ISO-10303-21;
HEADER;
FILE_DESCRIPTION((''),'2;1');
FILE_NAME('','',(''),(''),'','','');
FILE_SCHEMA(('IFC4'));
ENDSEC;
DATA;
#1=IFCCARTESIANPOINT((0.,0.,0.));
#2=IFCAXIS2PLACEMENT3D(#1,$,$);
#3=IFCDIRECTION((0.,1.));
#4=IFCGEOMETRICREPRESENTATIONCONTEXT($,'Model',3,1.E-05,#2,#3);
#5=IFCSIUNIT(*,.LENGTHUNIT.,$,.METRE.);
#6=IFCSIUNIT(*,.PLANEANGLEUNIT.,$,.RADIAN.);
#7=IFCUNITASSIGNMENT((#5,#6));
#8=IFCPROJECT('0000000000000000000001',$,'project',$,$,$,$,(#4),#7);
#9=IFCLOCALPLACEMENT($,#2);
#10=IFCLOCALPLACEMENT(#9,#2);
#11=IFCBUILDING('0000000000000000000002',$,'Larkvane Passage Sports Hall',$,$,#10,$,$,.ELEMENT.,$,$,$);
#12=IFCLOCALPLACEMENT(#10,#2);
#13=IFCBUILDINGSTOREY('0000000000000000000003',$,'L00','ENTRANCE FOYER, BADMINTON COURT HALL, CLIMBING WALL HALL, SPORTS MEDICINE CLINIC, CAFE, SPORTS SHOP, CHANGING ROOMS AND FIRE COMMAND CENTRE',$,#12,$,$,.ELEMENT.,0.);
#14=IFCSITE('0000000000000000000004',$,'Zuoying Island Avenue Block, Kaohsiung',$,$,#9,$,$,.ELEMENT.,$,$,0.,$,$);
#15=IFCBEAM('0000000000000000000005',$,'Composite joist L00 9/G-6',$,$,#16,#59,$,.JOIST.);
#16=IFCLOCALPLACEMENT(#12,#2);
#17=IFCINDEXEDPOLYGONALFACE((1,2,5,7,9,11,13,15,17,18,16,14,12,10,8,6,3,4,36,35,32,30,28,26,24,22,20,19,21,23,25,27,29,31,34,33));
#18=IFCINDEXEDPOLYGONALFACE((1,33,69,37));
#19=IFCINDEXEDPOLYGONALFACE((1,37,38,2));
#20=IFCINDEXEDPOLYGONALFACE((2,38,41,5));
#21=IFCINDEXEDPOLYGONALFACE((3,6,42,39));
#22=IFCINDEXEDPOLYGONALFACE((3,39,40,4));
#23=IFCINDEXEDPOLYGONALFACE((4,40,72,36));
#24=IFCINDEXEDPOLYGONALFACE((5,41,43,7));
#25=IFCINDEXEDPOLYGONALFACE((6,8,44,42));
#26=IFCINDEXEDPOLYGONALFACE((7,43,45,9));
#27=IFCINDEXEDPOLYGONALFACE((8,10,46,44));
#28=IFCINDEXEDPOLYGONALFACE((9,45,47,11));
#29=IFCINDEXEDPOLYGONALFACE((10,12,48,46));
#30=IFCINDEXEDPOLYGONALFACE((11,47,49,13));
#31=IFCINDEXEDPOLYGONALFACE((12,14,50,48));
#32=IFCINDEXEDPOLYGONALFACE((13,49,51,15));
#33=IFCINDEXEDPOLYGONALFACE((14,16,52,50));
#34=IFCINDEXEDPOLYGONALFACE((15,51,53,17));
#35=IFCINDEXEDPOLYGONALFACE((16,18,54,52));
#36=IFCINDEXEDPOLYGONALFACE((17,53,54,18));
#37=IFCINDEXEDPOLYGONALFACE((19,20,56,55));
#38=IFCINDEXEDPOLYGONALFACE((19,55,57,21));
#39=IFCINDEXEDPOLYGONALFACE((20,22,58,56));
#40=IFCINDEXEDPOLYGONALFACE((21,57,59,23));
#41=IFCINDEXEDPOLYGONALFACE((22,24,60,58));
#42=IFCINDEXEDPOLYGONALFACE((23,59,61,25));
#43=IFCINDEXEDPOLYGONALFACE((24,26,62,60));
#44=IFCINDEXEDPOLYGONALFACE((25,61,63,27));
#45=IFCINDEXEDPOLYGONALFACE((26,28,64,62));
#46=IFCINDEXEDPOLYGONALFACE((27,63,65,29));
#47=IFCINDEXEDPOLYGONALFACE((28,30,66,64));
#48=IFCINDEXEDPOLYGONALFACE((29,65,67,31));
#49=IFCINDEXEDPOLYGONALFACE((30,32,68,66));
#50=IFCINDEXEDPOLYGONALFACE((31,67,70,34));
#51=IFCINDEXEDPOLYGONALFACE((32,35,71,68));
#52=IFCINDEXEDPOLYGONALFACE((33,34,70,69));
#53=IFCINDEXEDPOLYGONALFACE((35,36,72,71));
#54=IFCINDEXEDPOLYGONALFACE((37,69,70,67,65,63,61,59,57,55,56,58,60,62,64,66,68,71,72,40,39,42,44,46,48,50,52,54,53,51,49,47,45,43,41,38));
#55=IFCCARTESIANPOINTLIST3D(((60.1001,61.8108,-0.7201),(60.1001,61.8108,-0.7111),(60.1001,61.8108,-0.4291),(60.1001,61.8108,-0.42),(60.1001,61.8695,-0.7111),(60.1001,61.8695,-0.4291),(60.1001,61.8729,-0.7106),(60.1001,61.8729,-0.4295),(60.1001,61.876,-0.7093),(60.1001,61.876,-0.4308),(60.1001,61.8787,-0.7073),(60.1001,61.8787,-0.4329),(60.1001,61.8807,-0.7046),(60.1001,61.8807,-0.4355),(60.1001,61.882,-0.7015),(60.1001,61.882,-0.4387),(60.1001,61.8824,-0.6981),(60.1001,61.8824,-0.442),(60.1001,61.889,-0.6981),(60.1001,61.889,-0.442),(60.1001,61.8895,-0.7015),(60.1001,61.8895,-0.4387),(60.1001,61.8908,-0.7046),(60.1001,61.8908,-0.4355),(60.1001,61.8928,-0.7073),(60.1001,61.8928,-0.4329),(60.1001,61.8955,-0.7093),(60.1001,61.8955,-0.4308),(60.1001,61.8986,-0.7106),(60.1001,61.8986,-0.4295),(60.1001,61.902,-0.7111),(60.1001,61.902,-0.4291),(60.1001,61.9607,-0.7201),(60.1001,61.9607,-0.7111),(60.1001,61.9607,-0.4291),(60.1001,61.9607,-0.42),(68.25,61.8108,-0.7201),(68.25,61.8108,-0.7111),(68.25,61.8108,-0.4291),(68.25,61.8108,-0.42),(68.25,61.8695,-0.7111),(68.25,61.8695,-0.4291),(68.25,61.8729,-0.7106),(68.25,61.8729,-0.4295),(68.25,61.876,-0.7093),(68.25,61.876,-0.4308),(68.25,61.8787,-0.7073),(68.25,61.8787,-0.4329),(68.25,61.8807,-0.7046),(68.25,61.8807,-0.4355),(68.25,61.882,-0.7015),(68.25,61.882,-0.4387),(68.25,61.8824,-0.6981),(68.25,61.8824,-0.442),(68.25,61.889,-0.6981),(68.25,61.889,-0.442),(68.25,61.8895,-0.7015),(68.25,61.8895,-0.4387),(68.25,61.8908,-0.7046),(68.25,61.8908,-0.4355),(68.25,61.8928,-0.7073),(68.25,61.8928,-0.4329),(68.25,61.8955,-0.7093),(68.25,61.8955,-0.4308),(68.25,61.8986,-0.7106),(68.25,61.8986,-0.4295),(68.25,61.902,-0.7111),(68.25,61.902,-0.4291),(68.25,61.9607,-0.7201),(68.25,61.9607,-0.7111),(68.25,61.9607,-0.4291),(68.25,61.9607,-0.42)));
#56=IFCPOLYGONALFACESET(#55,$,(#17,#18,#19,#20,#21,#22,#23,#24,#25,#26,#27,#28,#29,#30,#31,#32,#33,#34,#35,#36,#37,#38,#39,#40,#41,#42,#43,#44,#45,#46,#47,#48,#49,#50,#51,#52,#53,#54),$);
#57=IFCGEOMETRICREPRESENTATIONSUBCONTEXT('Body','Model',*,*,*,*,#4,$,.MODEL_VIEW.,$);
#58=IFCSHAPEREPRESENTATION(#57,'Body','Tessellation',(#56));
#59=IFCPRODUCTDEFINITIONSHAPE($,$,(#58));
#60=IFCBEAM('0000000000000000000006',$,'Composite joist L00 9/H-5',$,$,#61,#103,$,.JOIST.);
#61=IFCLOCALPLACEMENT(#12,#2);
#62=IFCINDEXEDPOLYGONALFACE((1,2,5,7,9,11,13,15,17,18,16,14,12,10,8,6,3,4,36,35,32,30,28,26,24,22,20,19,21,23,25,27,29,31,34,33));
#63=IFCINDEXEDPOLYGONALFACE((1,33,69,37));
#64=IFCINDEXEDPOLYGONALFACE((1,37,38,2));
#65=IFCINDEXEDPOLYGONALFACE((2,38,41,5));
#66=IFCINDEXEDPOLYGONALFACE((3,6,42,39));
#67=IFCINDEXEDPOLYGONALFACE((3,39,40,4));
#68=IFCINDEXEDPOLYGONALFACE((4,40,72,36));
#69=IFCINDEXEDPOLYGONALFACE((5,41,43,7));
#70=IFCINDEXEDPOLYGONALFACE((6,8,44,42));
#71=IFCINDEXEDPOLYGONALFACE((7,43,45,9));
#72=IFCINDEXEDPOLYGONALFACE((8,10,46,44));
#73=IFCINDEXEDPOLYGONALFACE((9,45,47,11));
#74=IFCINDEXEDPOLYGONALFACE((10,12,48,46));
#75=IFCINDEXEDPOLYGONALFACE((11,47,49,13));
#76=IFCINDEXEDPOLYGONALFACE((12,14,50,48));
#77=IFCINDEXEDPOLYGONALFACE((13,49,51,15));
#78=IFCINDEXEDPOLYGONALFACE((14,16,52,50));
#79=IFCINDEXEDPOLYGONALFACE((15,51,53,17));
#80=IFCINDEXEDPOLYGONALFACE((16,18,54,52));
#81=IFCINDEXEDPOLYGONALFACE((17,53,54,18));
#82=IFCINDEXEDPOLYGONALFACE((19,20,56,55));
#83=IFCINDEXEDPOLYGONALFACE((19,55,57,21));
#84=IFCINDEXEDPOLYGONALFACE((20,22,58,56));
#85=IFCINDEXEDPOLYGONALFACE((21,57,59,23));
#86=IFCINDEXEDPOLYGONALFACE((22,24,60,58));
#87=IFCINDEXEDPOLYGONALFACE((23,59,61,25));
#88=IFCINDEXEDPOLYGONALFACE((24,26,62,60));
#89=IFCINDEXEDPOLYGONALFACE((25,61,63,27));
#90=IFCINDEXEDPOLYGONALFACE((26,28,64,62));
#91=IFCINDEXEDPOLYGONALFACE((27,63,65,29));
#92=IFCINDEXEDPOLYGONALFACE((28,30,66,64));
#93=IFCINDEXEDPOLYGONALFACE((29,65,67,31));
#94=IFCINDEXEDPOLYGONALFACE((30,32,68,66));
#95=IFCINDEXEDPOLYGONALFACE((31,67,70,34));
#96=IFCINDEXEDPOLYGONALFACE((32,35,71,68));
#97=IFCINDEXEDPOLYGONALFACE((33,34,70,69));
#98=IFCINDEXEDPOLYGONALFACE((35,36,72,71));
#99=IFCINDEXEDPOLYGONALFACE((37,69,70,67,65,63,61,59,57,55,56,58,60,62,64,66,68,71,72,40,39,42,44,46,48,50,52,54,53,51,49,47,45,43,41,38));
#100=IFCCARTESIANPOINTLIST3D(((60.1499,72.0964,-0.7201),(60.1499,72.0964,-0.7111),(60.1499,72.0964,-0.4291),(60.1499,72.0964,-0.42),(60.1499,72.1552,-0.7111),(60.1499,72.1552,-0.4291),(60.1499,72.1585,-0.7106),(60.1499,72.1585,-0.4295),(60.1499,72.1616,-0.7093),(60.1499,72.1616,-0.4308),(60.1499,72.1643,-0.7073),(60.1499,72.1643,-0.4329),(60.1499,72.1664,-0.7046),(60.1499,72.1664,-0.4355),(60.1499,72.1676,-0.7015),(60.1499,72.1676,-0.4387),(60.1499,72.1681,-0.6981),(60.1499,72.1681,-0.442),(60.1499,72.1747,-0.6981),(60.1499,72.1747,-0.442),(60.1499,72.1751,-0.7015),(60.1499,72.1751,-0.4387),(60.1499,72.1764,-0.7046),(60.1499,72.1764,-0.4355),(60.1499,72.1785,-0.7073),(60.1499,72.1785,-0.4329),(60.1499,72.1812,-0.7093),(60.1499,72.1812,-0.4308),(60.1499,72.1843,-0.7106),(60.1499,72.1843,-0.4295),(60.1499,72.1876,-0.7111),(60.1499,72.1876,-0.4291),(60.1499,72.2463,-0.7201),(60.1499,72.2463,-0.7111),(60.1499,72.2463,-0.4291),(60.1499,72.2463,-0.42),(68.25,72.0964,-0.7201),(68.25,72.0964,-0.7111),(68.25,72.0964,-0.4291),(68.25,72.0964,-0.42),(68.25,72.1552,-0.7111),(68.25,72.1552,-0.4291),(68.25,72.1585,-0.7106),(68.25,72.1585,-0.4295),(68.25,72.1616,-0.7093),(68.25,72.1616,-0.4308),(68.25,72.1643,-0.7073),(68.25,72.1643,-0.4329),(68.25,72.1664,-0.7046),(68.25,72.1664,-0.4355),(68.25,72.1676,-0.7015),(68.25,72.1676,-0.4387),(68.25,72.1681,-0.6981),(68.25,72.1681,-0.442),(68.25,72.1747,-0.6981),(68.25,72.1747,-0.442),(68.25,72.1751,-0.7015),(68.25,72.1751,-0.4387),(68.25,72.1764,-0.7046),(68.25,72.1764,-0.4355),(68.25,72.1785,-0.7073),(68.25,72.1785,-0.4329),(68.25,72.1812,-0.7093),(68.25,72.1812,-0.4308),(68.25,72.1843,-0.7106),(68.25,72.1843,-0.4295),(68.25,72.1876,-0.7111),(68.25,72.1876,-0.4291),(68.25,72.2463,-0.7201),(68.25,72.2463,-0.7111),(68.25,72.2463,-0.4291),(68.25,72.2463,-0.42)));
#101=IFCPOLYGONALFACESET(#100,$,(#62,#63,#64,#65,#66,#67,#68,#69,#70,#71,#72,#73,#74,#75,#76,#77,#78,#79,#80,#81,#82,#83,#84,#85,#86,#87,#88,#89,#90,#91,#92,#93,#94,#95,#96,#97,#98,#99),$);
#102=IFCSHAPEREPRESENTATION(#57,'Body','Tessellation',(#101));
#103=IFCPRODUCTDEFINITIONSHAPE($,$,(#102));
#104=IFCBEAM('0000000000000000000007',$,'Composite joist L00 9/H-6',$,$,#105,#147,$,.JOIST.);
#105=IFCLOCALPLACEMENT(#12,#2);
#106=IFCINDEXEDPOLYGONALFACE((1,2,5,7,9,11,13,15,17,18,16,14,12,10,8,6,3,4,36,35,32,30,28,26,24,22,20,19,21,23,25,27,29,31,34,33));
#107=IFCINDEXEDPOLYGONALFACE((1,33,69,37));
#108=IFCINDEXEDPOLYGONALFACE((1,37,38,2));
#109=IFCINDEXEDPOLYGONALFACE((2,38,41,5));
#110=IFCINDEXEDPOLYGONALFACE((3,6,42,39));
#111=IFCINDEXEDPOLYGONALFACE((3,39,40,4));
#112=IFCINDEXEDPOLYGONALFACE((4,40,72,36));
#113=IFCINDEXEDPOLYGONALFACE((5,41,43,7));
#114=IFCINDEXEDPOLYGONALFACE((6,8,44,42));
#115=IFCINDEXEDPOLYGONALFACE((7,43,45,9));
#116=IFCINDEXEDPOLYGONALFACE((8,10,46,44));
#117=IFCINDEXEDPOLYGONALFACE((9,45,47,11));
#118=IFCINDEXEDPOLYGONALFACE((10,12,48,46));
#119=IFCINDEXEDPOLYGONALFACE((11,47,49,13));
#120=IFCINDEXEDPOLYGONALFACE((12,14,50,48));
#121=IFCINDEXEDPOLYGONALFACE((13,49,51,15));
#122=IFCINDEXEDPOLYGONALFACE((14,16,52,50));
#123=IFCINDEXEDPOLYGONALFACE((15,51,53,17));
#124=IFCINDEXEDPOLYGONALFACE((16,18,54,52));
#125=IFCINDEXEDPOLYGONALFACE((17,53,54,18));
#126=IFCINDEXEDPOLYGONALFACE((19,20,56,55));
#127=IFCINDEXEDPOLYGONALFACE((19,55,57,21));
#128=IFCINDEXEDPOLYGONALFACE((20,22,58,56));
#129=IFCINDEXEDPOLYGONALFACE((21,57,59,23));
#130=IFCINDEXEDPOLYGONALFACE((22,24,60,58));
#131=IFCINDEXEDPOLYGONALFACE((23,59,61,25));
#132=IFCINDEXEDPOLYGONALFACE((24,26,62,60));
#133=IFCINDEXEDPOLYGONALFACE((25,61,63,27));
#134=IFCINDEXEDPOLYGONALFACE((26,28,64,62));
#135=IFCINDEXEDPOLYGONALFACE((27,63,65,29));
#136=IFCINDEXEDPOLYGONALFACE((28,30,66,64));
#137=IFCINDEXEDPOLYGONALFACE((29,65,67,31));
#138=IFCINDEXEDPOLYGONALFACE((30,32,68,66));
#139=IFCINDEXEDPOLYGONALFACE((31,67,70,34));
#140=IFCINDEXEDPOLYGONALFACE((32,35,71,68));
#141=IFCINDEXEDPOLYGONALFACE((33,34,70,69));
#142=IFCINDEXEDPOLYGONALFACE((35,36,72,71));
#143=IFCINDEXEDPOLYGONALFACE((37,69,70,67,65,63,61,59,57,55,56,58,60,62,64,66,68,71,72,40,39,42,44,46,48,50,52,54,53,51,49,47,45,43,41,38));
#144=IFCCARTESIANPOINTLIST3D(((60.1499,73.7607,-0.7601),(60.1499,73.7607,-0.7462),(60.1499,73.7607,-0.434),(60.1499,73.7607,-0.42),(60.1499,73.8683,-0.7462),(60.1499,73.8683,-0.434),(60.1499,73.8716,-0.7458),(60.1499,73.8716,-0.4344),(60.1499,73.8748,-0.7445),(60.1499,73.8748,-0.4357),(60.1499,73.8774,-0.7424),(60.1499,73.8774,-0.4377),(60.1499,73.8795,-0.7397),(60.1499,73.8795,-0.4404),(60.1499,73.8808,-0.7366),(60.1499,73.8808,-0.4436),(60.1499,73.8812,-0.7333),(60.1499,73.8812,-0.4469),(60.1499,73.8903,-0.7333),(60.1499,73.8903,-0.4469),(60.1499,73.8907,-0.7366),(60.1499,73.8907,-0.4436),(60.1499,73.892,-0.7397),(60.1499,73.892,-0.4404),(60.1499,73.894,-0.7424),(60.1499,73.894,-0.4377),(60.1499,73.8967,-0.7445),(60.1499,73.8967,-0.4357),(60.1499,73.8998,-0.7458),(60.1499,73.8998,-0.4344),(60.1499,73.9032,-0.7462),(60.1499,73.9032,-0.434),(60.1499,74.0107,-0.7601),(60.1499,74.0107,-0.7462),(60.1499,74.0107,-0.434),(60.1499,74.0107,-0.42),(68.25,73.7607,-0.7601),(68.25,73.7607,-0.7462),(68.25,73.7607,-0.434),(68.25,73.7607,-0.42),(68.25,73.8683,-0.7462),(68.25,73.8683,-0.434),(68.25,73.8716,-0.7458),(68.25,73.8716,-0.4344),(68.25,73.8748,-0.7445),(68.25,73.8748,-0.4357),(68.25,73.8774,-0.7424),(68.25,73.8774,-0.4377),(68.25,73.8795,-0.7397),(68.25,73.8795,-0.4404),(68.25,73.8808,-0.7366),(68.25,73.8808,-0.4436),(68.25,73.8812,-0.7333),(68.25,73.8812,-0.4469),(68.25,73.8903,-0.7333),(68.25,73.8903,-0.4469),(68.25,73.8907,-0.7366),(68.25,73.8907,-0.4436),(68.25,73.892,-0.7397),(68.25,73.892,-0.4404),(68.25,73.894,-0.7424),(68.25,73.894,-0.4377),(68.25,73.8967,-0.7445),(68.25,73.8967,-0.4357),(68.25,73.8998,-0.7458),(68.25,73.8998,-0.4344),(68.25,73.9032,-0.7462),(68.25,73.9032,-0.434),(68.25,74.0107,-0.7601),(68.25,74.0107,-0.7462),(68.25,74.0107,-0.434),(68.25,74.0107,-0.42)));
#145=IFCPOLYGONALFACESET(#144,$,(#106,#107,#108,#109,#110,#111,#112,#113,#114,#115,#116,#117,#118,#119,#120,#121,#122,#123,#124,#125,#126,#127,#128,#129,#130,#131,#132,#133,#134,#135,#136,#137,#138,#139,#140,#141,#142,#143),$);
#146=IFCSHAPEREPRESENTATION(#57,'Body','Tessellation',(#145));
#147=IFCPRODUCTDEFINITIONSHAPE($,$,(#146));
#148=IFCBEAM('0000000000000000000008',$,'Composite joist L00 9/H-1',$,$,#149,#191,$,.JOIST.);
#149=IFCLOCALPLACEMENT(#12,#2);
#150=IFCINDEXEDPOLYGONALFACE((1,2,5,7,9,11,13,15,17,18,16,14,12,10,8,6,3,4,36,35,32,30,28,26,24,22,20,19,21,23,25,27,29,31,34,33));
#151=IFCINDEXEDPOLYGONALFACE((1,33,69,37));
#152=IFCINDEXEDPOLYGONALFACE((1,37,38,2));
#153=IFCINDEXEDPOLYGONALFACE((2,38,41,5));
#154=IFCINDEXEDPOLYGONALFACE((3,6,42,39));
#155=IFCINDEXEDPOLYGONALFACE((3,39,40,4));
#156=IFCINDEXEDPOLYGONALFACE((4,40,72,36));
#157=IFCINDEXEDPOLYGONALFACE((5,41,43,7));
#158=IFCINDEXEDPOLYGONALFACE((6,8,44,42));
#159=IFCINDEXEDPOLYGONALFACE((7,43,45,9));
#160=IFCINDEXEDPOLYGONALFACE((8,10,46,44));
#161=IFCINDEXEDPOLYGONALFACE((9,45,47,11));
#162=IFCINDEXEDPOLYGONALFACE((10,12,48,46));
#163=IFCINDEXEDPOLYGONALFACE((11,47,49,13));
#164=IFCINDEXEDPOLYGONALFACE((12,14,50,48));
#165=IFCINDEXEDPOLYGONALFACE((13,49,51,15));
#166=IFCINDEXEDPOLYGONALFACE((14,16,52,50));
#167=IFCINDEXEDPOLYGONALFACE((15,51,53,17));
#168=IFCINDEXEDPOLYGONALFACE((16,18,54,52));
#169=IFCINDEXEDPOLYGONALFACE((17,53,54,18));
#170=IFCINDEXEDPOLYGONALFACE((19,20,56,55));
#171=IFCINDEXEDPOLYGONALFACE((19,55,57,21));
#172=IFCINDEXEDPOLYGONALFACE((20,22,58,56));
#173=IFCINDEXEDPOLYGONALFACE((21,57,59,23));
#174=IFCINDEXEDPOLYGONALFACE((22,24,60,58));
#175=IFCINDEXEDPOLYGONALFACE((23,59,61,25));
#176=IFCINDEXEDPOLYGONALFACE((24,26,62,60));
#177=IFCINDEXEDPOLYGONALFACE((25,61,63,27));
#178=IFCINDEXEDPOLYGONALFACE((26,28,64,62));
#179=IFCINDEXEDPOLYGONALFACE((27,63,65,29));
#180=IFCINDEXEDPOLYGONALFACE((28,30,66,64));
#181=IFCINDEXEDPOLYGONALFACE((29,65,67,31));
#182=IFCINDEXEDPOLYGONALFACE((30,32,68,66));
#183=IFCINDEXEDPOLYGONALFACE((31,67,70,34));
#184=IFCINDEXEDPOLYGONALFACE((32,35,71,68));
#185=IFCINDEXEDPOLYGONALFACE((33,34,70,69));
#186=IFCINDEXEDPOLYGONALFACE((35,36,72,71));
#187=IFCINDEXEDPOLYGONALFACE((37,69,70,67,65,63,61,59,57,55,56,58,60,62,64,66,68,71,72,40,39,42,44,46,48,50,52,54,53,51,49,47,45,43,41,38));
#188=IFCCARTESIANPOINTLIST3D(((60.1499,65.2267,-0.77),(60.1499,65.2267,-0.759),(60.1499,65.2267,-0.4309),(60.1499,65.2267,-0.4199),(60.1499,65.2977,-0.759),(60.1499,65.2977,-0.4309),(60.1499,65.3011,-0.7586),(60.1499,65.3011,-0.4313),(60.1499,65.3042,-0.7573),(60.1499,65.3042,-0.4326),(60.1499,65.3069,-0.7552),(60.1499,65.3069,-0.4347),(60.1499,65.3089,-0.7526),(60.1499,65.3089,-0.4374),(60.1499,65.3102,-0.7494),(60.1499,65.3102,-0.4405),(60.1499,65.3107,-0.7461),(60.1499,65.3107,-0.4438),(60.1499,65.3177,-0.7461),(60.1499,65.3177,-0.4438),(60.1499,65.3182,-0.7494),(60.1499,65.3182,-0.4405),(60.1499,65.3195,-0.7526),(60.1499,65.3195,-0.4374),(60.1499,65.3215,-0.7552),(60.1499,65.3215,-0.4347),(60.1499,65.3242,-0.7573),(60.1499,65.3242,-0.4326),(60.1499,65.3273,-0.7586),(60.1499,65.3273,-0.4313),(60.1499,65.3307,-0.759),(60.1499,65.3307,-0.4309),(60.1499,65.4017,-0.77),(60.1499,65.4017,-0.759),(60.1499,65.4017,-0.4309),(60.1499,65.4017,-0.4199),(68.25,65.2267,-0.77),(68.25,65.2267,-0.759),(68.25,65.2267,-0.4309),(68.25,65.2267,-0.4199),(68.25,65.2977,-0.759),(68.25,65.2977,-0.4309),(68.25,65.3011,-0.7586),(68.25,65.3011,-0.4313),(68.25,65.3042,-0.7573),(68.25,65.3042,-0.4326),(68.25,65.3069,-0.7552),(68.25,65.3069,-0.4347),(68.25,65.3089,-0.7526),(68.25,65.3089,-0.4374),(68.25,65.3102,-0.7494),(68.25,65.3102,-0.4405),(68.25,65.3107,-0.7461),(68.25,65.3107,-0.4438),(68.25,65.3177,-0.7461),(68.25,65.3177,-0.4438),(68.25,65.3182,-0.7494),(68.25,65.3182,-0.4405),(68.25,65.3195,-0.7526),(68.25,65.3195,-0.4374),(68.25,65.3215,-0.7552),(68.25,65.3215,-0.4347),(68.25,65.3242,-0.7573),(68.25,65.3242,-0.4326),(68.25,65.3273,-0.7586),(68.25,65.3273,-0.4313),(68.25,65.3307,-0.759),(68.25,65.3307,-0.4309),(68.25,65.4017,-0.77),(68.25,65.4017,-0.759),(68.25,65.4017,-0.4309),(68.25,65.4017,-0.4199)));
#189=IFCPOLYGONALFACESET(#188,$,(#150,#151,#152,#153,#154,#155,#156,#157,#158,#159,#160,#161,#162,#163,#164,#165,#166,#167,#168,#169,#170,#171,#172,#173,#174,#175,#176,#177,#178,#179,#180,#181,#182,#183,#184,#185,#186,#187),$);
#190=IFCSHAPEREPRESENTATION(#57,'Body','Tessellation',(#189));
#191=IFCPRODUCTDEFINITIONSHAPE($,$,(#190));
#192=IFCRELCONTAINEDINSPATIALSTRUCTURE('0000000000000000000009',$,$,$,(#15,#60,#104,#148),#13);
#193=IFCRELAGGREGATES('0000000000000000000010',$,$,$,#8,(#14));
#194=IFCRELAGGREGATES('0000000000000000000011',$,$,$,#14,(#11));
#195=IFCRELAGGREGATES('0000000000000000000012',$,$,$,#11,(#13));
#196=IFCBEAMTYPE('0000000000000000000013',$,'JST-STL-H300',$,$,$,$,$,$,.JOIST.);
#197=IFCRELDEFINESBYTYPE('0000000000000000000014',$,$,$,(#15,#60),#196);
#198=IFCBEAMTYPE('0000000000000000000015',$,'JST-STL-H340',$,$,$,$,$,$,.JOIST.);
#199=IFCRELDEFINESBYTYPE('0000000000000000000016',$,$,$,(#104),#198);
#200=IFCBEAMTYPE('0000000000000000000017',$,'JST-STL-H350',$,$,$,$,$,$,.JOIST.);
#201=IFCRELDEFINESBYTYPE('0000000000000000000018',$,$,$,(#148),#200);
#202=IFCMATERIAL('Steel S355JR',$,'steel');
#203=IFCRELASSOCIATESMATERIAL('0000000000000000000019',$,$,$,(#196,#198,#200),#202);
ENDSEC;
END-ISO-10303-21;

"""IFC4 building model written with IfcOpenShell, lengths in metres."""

from ifc_helpers import new_model, si_unit, direction, frame, origin, origin_2d, place, context, subcontext, project, spatial, i_section, extrude, material, material_profile, profile_set, type_object, element, save


model = new_model("IFC4")

# Units and contexts
model_context = context("Model", 3, precision=1e-05, world=origin(), true_north=direction((0.0, 1.0)))
body_context = subcontext(model_context, "Body", "Model", "MODEL_VIEW")
ifc_project = project(units=[si_unit("LENGTHUNIT", "METRE"), si_unit("PLANEANGLEUNIT", "RADIAN")], contexts=[model_context])

# Site, building, storey
site_placement = place(None, origin())
site = spatial("IfcSite", under=ifc_project, at=site_placement, Name="Zuoying Island Avenue Block, Kaohsiung", CompositionType="ELEMENT", RefElevation=0.0)
building_placement = place(site_placement, origin())
building = spatial("IfcBuilding", under=site, at=building_placement, Name="Larkvane Passage Sports Hall", CompositionType="ELEMENT")
storey_placement = place(building_placement, origin())
storey = spatial("IfcBuildingStorey", under=building, at=storey_placement, Name="L00", Description="ENTRANCE FOYER, BADMINTON COURT HALL, CLIMBING WALL HALL, SPORTS MEDICINE CLINIC, CAFE, SPORTS SHOP, CHANGING ROOMS AND FIRE COMMAND CENTRE", CompositionType="ELEMENT", Elevation=0.0)

# Beams
ifc_material_1 = material(Name="Steel S355JR", Category="steel")
ifc_material_profile_1 = material_profile(ifc_material_1, i_section(OverallWidth=0.1499, OverallDepth=0.3, WebThickness=0.0066, FlangeThickness=0.009, FilletRadius=0.0129, at=origin_2d()), Name="H-300x150x6.5x9")
ifc_profile_set_1 = profile_set([ifc_material_profile_1], Name="Steel S355JR")
beam_type_1 = type_object("IfcBeamType", Name="JST-STL-H300", PredefinedType="JOIST", material=ifc_profile_set_1)
beam_1_placement = place(storey_placement, frame((60.1001, 61.8857, -0.5701), z_axis=(1.0, 0.0, 0.0), x_axis=(0.0, 1.0, 0.0)))
element("IfcBeam", 1, at=beam_1_placement, inside=storey, type_object=beam_type_1, Name="Composite joist L00 9/G-6", PredefinedType="JOIST", context=body_context, shape_type="SweptSolid", body=[
    extrude(i_section(OverallWidth=0.1499, OverallDepth=0.3, WebThickness=0.0066, FlangeThickness=0.009, FilletRadius=0.0129, at=origin_2d()), origin(), (0.0, 0.0, 1.0), 8.1499),
])
beam_2_placement = place(storey_placement, frame((60.1499, 72.1714, -0.5701), z_axis=(1.0, 0.0, 0.0), x_axis=(0.0, 1.0, 0.0)))
element("IfcBeam", 2, at=beam_2_placement, inside=storey, type_object=beam_type_1, Name="Composite joist L00 9/H-5", PredefinedType="JOIST", context=body_context, shape_type="SweptSolid", body=[
    extrude(i_section(OverallWidth=0.1499, OverallDepth=0.3, WebThickness=0.0066, FlangeThickness=0.009, FilletRadius=0.0129, at=origin_2d()), origin(), (0.0, 0.0, 1.0), 8.1001),
])
ifc_material_profile_2 = material_profile(ifc_material_1, i_section(OverallWidth=0.25, OverallDepth=0.3401, WebThickness=0.009, FlangeThickness=0.0139, FilletRadius=0.0129, at=origin_2d()), Name="H-340x250x9x14")
ifc_profile_set_2 = profile_set([ifc_material_profile_2], Name="Steel S355JR")
beam_type_2 = type_object("IfcBeamType", Name="JST-STL-H340", PredefinedType="JOIST", material=ifc_profile_set_2)
beam_3_placement = place(storey_placement, frame((60.1499, 73.8857, -0.5901), z_axis=(1.0, 0.0, 0.0), x_axis=(0.0, 1.0, 0.0)))
element("IfcBeam", 3, at=beam_3_placement, inside=storey, type_object=beam_type_2, Name="Composite joist L00 9/H-6", PredefinedType="JOIST", context=body_context, shape_type="SweptSolid", body=[
    extrude(i_section(OverallWidth=0.25, OverallDepth=0.3401, WebThickness=0.009, FlangeThickness=0.0139, FilletRadius=0.0129, at=origin_2d()), origin(), (0.0, 0.0, 1.0), 8.1001),
])
ifc_material_profile_3 = material_profile(ifc_material_1, i_section(OverallWidth=0.175, OverallDepth=0.3501, WebThickness=0.0071, FlangeThickness=0.011, FilletRadius=0.0129, at=origin_2d()), Name="H-350x175x7x11")
ifc_profile_set_3 = profile_set([ifc_material_profile_3], Name="Steel S355JR")
beam_type_3 = type_object("IfcBeamType", Name="JST-STL-H350", PredefinedType="JOIST", material=ifc_profile_set_3)
beam_4_placement = place(storey_placement, frame((60.1499, 65.3142, -0.595), z_axis=(1.0, 0.0, 0.0), x_axis=(0.0, 1.0, 0.0)))
element("IfcBeam", 4, at=beam_4_placement, inside=storey, type_object=beam_type_3, Name="Composite joist L00 9/H-1", PredefinedType="JOIST", context=body_context, shape_type="SweptSolid", body=[
    extrude(i_section(OverallWidth=0.175, OverallDepth=0.3501, WebThickness=0.0071, FlangeThickness=0.011, FilletRadius=0.0129, at=origin_2d()), origin(), (0.0, 0.0, 1.0), 8.1001),
])

save(model, "model.ifc")
